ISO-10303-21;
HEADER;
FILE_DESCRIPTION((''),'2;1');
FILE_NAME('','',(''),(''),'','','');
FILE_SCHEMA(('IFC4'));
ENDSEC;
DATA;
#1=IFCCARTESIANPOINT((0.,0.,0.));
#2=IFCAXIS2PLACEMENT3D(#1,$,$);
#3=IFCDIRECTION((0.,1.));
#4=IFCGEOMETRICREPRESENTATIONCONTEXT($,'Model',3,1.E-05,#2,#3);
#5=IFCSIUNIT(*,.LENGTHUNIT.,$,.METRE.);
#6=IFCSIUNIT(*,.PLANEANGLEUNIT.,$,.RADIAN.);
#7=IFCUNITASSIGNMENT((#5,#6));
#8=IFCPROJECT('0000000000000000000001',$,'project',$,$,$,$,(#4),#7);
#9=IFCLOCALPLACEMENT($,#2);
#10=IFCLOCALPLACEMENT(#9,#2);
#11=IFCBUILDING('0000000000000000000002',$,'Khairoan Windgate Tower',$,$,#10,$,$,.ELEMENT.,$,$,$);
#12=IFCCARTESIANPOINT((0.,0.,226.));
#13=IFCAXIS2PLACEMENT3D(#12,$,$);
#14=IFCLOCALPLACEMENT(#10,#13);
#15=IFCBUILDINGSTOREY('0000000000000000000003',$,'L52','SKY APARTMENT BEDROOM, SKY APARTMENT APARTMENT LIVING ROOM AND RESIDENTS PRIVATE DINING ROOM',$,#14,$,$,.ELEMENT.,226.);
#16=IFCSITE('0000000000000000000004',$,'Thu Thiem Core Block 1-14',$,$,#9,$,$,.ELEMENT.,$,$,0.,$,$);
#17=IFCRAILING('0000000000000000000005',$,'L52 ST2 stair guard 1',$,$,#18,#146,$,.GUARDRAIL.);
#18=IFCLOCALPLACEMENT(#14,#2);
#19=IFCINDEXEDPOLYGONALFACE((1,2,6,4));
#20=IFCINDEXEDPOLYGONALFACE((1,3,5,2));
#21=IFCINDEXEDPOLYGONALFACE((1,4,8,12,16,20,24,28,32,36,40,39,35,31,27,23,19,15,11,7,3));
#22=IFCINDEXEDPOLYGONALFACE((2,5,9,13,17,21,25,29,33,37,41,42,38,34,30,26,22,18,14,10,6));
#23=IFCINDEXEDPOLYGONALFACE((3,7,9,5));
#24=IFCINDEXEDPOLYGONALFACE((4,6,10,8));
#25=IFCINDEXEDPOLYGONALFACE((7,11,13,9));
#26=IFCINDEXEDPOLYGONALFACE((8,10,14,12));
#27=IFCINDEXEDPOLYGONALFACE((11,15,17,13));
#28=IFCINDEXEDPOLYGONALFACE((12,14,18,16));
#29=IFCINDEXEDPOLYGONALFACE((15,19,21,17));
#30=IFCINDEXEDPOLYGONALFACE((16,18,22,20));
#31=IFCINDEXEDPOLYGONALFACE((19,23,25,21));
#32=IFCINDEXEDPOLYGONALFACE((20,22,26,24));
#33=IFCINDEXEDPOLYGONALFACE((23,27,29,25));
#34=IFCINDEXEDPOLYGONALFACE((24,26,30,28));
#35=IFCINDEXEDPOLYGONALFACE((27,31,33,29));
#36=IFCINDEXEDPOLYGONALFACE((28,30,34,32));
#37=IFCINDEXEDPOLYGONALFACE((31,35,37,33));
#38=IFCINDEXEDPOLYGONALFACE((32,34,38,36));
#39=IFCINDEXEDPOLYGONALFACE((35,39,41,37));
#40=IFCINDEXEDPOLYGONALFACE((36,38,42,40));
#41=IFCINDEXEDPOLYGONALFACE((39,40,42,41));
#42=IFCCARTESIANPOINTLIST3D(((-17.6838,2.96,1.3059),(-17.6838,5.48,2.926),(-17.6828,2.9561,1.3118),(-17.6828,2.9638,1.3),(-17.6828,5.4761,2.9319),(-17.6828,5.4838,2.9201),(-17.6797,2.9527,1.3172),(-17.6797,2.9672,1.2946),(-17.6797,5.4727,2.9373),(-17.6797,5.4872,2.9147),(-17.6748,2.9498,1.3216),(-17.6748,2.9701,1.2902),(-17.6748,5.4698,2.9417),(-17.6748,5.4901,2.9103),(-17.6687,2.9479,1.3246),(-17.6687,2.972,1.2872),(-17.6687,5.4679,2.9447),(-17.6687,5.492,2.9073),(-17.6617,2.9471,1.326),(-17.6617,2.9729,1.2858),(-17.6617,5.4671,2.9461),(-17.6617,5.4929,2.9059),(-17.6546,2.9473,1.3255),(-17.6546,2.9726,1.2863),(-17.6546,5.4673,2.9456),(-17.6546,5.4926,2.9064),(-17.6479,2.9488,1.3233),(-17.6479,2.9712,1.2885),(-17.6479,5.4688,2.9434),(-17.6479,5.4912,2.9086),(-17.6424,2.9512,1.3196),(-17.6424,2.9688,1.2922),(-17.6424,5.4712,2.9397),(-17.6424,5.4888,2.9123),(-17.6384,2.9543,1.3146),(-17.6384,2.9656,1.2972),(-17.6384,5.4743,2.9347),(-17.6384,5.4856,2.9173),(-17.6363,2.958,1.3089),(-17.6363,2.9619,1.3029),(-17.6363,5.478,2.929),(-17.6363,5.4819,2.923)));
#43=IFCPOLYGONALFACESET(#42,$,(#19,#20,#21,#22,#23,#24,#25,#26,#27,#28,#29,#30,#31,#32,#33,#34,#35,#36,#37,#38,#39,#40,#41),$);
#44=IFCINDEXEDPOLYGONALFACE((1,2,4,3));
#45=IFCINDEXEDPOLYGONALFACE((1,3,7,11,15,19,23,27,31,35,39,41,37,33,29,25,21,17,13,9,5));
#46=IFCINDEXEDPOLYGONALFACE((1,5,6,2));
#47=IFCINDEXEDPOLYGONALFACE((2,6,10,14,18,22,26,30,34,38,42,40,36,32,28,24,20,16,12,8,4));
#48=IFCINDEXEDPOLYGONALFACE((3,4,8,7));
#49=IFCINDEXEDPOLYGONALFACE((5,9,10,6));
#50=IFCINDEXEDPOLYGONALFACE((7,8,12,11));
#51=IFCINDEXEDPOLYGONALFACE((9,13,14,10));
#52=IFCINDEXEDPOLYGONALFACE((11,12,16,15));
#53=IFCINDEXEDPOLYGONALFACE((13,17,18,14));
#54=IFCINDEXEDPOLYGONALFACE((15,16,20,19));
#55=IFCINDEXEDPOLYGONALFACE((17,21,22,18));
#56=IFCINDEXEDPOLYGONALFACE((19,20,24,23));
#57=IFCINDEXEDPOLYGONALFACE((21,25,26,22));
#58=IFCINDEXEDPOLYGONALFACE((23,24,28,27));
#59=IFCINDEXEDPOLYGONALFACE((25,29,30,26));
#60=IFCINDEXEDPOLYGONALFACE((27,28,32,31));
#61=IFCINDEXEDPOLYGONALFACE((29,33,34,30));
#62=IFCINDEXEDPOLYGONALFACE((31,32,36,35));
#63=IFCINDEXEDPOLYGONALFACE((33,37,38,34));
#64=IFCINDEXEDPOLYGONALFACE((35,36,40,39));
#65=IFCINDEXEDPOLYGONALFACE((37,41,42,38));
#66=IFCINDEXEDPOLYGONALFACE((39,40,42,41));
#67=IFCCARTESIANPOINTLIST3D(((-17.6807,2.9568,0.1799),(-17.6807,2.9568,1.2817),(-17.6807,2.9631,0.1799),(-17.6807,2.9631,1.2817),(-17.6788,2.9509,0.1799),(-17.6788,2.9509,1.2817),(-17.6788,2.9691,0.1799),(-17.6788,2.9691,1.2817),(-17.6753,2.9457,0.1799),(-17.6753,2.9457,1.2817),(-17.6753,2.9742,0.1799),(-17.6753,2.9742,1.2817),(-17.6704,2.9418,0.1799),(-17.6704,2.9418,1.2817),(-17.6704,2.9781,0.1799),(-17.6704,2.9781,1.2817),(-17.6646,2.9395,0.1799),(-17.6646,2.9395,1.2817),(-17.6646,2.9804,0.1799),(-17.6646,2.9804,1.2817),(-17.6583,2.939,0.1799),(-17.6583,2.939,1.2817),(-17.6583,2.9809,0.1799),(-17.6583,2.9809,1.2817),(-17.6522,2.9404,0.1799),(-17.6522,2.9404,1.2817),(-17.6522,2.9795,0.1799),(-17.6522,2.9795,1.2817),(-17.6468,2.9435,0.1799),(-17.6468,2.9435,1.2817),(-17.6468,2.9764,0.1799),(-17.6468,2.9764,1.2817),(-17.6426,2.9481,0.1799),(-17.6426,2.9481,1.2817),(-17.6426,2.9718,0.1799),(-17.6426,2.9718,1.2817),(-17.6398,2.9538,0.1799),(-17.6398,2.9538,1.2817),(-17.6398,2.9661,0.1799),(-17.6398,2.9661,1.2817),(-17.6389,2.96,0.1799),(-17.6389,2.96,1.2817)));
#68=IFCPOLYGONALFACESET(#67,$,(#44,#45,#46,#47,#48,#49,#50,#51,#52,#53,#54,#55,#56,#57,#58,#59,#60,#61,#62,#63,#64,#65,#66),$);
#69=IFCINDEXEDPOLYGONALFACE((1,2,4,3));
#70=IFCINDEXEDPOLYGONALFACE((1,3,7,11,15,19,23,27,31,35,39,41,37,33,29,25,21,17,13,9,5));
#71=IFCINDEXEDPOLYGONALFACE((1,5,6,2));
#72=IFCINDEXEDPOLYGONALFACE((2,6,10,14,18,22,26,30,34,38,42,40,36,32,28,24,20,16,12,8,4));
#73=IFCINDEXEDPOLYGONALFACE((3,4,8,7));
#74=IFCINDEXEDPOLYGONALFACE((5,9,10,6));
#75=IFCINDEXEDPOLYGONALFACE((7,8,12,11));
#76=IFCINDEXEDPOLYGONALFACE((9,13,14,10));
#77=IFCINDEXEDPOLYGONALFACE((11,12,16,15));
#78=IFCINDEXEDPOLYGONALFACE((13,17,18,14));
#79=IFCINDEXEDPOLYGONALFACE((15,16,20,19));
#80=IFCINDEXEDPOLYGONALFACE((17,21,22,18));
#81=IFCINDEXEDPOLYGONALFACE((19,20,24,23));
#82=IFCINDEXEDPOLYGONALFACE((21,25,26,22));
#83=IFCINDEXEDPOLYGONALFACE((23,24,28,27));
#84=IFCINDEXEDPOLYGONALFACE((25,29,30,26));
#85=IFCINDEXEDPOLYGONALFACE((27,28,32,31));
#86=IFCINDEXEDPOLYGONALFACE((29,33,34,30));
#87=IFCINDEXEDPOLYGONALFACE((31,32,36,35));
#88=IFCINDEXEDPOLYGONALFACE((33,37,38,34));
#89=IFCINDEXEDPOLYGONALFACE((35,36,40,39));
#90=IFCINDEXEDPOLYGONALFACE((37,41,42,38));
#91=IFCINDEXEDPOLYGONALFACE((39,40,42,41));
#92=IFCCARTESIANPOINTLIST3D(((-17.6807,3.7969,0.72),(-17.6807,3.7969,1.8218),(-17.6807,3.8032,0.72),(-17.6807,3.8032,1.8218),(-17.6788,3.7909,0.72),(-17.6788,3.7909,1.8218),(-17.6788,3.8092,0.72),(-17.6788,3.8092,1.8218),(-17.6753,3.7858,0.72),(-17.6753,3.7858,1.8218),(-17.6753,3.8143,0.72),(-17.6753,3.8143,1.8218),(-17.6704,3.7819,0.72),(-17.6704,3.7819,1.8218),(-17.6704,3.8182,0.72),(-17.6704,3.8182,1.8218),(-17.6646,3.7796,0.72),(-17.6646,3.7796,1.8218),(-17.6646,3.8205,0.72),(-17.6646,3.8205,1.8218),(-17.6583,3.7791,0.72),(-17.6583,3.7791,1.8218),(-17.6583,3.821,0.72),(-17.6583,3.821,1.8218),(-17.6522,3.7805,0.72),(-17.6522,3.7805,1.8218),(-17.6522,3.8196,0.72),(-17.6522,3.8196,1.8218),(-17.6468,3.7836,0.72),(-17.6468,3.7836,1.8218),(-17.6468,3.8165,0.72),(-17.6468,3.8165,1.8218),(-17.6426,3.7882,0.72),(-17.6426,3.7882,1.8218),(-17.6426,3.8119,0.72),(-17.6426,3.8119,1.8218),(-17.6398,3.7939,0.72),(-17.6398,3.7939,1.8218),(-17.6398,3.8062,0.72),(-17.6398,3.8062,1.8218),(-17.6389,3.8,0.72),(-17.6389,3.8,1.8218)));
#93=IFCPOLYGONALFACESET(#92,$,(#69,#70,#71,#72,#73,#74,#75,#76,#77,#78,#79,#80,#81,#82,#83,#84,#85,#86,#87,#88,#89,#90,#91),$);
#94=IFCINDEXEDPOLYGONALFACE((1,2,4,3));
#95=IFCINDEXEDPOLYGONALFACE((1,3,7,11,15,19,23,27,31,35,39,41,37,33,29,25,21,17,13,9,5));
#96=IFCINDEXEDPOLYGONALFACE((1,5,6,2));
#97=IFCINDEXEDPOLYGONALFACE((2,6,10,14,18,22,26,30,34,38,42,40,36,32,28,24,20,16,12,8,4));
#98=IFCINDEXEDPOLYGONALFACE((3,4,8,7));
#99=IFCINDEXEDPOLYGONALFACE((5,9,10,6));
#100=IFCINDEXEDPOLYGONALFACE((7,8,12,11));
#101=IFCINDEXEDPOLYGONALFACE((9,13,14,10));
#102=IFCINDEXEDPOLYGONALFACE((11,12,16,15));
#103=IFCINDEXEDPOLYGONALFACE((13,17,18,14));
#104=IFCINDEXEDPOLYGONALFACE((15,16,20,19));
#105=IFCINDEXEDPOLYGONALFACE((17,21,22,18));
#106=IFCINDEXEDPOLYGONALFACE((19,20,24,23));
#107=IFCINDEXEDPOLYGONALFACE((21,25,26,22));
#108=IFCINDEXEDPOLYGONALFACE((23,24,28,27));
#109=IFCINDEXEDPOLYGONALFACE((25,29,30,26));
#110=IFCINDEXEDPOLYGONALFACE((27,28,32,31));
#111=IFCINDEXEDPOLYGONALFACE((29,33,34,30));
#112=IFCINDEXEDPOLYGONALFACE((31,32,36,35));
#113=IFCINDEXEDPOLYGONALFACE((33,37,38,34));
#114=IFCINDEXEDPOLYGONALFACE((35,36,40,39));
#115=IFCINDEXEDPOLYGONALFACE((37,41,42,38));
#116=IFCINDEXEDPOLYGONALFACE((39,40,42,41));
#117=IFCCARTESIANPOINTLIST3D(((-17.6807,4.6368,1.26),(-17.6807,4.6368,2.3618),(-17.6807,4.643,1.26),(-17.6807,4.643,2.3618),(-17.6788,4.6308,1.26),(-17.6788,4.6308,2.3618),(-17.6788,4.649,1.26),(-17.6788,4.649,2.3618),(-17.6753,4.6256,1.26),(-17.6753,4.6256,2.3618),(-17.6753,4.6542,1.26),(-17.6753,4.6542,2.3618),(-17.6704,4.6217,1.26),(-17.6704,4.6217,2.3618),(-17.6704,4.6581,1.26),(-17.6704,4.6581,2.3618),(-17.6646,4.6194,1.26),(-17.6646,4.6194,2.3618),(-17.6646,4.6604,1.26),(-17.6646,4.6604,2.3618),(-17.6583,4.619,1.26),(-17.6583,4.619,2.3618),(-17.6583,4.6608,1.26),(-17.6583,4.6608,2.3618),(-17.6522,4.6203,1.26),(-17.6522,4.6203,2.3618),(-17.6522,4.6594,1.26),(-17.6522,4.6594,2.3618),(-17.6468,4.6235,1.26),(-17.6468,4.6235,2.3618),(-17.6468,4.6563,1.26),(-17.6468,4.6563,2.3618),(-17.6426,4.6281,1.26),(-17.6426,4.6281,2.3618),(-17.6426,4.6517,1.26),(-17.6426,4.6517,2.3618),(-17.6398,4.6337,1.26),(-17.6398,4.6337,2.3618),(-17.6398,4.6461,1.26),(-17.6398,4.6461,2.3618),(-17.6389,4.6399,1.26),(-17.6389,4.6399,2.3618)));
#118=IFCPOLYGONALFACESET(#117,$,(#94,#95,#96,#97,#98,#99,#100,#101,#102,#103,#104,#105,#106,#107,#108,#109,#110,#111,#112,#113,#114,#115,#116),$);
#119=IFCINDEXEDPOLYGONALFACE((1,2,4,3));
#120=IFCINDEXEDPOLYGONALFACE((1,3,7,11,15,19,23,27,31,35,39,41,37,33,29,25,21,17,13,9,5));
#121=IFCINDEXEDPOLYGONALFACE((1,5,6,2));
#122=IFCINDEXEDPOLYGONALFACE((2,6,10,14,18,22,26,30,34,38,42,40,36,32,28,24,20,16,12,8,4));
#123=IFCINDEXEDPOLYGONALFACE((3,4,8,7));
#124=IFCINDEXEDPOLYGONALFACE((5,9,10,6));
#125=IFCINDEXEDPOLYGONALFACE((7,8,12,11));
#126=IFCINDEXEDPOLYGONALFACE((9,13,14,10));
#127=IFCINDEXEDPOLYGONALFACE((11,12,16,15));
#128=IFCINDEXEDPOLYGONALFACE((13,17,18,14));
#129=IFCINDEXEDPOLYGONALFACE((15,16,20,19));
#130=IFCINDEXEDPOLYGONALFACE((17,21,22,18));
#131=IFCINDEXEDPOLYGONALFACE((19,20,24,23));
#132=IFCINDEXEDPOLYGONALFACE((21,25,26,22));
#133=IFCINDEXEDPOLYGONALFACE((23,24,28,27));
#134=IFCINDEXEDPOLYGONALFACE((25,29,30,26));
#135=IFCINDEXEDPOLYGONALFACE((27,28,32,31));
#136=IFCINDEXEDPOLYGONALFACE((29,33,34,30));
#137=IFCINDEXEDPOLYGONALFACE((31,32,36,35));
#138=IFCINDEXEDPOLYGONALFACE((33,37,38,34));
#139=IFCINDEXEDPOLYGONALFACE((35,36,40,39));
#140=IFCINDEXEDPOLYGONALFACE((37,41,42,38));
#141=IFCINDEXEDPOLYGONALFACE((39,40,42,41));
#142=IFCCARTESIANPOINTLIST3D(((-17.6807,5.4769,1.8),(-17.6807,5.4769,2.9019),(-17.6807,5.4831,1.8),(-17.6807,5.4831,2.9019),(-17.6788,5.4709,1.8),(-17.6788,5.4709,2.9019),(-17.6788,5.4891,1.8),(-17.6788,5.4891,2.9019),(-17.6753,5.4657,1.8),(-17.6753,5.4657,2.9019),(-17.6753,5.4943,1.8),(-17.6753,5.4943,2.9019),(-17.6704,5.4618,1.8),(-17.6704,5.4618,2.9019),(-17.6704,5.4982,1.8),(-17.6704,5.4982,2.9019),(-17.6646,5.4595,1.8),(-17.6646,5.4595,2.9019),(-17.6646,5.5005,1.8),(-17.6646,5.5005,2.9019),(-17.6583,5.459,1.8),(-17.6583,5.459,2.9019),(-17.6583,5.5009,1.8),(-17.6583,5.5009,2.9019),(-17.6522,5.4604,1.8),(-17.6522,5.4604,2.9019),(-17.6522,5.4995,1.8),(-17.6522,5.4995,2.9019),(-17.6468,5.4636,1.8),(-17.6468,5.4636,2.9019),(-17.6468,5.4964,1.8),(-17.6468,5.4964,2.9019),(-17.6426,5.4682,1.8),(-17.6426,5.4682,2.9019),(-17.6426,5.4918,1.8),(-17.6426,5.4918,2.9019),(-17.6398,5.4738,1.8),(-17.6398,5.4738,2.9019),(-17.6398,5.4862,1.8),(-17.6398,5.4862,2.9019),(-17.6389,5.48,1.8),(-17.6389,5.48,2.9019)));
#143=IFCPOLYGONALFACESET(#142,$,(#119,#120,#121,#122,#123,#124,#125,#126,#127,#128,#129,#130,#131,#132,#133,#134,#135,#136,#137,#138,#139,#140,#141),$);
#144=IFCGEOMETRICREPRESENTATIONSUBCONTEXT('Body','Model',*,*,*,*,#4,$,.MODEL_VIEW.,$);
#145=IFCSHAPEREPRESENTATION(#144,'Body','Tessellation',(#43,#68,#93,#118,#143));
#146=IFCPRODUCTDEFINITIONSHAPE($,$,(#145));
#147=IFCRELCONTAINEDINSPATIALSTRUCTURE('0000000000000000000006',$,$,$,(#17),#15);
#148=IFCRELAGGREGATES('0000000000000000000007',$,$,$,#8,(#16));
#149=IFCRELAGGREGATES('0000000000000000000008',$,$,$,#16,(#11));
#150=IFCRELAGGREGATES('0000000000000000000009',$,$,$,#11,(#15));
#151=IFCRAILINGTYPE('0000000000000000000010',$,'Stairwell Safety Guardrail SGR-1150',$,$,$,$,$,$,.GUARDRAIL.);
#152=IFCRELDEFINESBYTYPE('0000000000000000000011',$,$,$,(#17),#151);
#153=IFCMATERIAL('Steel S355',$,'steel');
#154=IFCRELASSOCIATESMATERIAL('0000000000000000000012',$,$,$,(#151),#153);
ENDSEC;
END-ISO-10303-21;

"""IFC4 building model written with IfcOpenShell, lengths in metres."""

from ifc_helpers import new_model, si_unit, direction, frame, origin, origin_2d, place, context, subcontext, project, spatial, circle, extrude, material, type_object, element, save


model = new_model("IFC4")

# Units and contexts
model_context = context("Model", 3, precision=1e-05, world=origin(), true_north=direction((0.0, 1.0)))
body_context = subcontext(model_context, "Body", "Model", "MODEL_VIEW")
ifc_project = project(units=[si_unit("LENGTHUNIT", "METRE"), si_unit("PLANEANGLEUNIT", "RADIAN")], contexts=[model_context])

# Site, building, storey
site_placement = place(None, origin())
site = spatial("IfcSite", under=ifc_project, at=site_placement, Name="Thu Thiem Core Block 1-14", CompositionType="ELEMENT", RefElevation=0.0)
building_placement = place(site_placement, origin())
building = spatial("IfcBuilding", under=site, at=building_placement, Name="Khairoan Windgate Tower", CompositionType="ELEMENT")
storey_placement = place(building_placement, frame((0.0, 0.0, 226.0)))
storey = spatial("IfcBuildingStorey", under=building, at=storey_placement, Name="L52", Description="SKY APARTMENT BEDROOM, SKY APARTMENT APARTMENT LIVING ROOM AND RESIDENTS PRIVATE DINING ROOM", CompositionType="ELEMENT", Elevation=226.0)

# Railing
ifc_material_1 = material(Name="Steel S355", Category="steel")
railing_type_1 = type_object("IfcRailingType", Name="Stairwell Safety Guardrail SGR-1150", PredefinedType="GUARDRAIL", material=ifc_material_1)
railing_1_placement = place(storey_placement, frame((-17.6599, 2.96, 0.1799)))
element("IfcRailing", 1, at=railing_1_placement, inside=storey, type_object=railing_type_1, Name="L52 ST2 stair guard 1", PredefinedType="GUARDRAIL", context=body_context, shape_type="SweptSolid", body=[
    extrude(circle(Radius=0.0239, at=origin_2d()), frame((0.0, 0.0, 1.126), z_axis=(0.0, 0.841163, 0.540782), x_axis=(-1.0, 0.0, 0.0)), (0.0, 0.0, 1.0), 2.9958),
    extrude(circle(Radius=0.021, at=origin_2d()), origin(), (0.0, 0.0, 1.0), 1.1018),
    extrude(circle(Radius=0.021, at=origin_2d()), frame((0.0, 0.8401, 0.54)), (0.0, 0.0, 1.0), 1.1018),
    extrude(circle(Radius=0.021, at=origin_2d()), frame((0.0, 1.6799, 1.0801)), (0.0, 0.0, 1.0), 1.1018),
    extrude(circle(Radius=0.021, at=origin_2d()), frame((0.0, 2.52, 1.6201)), (0.0, 0.0, 1.0), 1.1018),
])

save(model, "model.ifc")
